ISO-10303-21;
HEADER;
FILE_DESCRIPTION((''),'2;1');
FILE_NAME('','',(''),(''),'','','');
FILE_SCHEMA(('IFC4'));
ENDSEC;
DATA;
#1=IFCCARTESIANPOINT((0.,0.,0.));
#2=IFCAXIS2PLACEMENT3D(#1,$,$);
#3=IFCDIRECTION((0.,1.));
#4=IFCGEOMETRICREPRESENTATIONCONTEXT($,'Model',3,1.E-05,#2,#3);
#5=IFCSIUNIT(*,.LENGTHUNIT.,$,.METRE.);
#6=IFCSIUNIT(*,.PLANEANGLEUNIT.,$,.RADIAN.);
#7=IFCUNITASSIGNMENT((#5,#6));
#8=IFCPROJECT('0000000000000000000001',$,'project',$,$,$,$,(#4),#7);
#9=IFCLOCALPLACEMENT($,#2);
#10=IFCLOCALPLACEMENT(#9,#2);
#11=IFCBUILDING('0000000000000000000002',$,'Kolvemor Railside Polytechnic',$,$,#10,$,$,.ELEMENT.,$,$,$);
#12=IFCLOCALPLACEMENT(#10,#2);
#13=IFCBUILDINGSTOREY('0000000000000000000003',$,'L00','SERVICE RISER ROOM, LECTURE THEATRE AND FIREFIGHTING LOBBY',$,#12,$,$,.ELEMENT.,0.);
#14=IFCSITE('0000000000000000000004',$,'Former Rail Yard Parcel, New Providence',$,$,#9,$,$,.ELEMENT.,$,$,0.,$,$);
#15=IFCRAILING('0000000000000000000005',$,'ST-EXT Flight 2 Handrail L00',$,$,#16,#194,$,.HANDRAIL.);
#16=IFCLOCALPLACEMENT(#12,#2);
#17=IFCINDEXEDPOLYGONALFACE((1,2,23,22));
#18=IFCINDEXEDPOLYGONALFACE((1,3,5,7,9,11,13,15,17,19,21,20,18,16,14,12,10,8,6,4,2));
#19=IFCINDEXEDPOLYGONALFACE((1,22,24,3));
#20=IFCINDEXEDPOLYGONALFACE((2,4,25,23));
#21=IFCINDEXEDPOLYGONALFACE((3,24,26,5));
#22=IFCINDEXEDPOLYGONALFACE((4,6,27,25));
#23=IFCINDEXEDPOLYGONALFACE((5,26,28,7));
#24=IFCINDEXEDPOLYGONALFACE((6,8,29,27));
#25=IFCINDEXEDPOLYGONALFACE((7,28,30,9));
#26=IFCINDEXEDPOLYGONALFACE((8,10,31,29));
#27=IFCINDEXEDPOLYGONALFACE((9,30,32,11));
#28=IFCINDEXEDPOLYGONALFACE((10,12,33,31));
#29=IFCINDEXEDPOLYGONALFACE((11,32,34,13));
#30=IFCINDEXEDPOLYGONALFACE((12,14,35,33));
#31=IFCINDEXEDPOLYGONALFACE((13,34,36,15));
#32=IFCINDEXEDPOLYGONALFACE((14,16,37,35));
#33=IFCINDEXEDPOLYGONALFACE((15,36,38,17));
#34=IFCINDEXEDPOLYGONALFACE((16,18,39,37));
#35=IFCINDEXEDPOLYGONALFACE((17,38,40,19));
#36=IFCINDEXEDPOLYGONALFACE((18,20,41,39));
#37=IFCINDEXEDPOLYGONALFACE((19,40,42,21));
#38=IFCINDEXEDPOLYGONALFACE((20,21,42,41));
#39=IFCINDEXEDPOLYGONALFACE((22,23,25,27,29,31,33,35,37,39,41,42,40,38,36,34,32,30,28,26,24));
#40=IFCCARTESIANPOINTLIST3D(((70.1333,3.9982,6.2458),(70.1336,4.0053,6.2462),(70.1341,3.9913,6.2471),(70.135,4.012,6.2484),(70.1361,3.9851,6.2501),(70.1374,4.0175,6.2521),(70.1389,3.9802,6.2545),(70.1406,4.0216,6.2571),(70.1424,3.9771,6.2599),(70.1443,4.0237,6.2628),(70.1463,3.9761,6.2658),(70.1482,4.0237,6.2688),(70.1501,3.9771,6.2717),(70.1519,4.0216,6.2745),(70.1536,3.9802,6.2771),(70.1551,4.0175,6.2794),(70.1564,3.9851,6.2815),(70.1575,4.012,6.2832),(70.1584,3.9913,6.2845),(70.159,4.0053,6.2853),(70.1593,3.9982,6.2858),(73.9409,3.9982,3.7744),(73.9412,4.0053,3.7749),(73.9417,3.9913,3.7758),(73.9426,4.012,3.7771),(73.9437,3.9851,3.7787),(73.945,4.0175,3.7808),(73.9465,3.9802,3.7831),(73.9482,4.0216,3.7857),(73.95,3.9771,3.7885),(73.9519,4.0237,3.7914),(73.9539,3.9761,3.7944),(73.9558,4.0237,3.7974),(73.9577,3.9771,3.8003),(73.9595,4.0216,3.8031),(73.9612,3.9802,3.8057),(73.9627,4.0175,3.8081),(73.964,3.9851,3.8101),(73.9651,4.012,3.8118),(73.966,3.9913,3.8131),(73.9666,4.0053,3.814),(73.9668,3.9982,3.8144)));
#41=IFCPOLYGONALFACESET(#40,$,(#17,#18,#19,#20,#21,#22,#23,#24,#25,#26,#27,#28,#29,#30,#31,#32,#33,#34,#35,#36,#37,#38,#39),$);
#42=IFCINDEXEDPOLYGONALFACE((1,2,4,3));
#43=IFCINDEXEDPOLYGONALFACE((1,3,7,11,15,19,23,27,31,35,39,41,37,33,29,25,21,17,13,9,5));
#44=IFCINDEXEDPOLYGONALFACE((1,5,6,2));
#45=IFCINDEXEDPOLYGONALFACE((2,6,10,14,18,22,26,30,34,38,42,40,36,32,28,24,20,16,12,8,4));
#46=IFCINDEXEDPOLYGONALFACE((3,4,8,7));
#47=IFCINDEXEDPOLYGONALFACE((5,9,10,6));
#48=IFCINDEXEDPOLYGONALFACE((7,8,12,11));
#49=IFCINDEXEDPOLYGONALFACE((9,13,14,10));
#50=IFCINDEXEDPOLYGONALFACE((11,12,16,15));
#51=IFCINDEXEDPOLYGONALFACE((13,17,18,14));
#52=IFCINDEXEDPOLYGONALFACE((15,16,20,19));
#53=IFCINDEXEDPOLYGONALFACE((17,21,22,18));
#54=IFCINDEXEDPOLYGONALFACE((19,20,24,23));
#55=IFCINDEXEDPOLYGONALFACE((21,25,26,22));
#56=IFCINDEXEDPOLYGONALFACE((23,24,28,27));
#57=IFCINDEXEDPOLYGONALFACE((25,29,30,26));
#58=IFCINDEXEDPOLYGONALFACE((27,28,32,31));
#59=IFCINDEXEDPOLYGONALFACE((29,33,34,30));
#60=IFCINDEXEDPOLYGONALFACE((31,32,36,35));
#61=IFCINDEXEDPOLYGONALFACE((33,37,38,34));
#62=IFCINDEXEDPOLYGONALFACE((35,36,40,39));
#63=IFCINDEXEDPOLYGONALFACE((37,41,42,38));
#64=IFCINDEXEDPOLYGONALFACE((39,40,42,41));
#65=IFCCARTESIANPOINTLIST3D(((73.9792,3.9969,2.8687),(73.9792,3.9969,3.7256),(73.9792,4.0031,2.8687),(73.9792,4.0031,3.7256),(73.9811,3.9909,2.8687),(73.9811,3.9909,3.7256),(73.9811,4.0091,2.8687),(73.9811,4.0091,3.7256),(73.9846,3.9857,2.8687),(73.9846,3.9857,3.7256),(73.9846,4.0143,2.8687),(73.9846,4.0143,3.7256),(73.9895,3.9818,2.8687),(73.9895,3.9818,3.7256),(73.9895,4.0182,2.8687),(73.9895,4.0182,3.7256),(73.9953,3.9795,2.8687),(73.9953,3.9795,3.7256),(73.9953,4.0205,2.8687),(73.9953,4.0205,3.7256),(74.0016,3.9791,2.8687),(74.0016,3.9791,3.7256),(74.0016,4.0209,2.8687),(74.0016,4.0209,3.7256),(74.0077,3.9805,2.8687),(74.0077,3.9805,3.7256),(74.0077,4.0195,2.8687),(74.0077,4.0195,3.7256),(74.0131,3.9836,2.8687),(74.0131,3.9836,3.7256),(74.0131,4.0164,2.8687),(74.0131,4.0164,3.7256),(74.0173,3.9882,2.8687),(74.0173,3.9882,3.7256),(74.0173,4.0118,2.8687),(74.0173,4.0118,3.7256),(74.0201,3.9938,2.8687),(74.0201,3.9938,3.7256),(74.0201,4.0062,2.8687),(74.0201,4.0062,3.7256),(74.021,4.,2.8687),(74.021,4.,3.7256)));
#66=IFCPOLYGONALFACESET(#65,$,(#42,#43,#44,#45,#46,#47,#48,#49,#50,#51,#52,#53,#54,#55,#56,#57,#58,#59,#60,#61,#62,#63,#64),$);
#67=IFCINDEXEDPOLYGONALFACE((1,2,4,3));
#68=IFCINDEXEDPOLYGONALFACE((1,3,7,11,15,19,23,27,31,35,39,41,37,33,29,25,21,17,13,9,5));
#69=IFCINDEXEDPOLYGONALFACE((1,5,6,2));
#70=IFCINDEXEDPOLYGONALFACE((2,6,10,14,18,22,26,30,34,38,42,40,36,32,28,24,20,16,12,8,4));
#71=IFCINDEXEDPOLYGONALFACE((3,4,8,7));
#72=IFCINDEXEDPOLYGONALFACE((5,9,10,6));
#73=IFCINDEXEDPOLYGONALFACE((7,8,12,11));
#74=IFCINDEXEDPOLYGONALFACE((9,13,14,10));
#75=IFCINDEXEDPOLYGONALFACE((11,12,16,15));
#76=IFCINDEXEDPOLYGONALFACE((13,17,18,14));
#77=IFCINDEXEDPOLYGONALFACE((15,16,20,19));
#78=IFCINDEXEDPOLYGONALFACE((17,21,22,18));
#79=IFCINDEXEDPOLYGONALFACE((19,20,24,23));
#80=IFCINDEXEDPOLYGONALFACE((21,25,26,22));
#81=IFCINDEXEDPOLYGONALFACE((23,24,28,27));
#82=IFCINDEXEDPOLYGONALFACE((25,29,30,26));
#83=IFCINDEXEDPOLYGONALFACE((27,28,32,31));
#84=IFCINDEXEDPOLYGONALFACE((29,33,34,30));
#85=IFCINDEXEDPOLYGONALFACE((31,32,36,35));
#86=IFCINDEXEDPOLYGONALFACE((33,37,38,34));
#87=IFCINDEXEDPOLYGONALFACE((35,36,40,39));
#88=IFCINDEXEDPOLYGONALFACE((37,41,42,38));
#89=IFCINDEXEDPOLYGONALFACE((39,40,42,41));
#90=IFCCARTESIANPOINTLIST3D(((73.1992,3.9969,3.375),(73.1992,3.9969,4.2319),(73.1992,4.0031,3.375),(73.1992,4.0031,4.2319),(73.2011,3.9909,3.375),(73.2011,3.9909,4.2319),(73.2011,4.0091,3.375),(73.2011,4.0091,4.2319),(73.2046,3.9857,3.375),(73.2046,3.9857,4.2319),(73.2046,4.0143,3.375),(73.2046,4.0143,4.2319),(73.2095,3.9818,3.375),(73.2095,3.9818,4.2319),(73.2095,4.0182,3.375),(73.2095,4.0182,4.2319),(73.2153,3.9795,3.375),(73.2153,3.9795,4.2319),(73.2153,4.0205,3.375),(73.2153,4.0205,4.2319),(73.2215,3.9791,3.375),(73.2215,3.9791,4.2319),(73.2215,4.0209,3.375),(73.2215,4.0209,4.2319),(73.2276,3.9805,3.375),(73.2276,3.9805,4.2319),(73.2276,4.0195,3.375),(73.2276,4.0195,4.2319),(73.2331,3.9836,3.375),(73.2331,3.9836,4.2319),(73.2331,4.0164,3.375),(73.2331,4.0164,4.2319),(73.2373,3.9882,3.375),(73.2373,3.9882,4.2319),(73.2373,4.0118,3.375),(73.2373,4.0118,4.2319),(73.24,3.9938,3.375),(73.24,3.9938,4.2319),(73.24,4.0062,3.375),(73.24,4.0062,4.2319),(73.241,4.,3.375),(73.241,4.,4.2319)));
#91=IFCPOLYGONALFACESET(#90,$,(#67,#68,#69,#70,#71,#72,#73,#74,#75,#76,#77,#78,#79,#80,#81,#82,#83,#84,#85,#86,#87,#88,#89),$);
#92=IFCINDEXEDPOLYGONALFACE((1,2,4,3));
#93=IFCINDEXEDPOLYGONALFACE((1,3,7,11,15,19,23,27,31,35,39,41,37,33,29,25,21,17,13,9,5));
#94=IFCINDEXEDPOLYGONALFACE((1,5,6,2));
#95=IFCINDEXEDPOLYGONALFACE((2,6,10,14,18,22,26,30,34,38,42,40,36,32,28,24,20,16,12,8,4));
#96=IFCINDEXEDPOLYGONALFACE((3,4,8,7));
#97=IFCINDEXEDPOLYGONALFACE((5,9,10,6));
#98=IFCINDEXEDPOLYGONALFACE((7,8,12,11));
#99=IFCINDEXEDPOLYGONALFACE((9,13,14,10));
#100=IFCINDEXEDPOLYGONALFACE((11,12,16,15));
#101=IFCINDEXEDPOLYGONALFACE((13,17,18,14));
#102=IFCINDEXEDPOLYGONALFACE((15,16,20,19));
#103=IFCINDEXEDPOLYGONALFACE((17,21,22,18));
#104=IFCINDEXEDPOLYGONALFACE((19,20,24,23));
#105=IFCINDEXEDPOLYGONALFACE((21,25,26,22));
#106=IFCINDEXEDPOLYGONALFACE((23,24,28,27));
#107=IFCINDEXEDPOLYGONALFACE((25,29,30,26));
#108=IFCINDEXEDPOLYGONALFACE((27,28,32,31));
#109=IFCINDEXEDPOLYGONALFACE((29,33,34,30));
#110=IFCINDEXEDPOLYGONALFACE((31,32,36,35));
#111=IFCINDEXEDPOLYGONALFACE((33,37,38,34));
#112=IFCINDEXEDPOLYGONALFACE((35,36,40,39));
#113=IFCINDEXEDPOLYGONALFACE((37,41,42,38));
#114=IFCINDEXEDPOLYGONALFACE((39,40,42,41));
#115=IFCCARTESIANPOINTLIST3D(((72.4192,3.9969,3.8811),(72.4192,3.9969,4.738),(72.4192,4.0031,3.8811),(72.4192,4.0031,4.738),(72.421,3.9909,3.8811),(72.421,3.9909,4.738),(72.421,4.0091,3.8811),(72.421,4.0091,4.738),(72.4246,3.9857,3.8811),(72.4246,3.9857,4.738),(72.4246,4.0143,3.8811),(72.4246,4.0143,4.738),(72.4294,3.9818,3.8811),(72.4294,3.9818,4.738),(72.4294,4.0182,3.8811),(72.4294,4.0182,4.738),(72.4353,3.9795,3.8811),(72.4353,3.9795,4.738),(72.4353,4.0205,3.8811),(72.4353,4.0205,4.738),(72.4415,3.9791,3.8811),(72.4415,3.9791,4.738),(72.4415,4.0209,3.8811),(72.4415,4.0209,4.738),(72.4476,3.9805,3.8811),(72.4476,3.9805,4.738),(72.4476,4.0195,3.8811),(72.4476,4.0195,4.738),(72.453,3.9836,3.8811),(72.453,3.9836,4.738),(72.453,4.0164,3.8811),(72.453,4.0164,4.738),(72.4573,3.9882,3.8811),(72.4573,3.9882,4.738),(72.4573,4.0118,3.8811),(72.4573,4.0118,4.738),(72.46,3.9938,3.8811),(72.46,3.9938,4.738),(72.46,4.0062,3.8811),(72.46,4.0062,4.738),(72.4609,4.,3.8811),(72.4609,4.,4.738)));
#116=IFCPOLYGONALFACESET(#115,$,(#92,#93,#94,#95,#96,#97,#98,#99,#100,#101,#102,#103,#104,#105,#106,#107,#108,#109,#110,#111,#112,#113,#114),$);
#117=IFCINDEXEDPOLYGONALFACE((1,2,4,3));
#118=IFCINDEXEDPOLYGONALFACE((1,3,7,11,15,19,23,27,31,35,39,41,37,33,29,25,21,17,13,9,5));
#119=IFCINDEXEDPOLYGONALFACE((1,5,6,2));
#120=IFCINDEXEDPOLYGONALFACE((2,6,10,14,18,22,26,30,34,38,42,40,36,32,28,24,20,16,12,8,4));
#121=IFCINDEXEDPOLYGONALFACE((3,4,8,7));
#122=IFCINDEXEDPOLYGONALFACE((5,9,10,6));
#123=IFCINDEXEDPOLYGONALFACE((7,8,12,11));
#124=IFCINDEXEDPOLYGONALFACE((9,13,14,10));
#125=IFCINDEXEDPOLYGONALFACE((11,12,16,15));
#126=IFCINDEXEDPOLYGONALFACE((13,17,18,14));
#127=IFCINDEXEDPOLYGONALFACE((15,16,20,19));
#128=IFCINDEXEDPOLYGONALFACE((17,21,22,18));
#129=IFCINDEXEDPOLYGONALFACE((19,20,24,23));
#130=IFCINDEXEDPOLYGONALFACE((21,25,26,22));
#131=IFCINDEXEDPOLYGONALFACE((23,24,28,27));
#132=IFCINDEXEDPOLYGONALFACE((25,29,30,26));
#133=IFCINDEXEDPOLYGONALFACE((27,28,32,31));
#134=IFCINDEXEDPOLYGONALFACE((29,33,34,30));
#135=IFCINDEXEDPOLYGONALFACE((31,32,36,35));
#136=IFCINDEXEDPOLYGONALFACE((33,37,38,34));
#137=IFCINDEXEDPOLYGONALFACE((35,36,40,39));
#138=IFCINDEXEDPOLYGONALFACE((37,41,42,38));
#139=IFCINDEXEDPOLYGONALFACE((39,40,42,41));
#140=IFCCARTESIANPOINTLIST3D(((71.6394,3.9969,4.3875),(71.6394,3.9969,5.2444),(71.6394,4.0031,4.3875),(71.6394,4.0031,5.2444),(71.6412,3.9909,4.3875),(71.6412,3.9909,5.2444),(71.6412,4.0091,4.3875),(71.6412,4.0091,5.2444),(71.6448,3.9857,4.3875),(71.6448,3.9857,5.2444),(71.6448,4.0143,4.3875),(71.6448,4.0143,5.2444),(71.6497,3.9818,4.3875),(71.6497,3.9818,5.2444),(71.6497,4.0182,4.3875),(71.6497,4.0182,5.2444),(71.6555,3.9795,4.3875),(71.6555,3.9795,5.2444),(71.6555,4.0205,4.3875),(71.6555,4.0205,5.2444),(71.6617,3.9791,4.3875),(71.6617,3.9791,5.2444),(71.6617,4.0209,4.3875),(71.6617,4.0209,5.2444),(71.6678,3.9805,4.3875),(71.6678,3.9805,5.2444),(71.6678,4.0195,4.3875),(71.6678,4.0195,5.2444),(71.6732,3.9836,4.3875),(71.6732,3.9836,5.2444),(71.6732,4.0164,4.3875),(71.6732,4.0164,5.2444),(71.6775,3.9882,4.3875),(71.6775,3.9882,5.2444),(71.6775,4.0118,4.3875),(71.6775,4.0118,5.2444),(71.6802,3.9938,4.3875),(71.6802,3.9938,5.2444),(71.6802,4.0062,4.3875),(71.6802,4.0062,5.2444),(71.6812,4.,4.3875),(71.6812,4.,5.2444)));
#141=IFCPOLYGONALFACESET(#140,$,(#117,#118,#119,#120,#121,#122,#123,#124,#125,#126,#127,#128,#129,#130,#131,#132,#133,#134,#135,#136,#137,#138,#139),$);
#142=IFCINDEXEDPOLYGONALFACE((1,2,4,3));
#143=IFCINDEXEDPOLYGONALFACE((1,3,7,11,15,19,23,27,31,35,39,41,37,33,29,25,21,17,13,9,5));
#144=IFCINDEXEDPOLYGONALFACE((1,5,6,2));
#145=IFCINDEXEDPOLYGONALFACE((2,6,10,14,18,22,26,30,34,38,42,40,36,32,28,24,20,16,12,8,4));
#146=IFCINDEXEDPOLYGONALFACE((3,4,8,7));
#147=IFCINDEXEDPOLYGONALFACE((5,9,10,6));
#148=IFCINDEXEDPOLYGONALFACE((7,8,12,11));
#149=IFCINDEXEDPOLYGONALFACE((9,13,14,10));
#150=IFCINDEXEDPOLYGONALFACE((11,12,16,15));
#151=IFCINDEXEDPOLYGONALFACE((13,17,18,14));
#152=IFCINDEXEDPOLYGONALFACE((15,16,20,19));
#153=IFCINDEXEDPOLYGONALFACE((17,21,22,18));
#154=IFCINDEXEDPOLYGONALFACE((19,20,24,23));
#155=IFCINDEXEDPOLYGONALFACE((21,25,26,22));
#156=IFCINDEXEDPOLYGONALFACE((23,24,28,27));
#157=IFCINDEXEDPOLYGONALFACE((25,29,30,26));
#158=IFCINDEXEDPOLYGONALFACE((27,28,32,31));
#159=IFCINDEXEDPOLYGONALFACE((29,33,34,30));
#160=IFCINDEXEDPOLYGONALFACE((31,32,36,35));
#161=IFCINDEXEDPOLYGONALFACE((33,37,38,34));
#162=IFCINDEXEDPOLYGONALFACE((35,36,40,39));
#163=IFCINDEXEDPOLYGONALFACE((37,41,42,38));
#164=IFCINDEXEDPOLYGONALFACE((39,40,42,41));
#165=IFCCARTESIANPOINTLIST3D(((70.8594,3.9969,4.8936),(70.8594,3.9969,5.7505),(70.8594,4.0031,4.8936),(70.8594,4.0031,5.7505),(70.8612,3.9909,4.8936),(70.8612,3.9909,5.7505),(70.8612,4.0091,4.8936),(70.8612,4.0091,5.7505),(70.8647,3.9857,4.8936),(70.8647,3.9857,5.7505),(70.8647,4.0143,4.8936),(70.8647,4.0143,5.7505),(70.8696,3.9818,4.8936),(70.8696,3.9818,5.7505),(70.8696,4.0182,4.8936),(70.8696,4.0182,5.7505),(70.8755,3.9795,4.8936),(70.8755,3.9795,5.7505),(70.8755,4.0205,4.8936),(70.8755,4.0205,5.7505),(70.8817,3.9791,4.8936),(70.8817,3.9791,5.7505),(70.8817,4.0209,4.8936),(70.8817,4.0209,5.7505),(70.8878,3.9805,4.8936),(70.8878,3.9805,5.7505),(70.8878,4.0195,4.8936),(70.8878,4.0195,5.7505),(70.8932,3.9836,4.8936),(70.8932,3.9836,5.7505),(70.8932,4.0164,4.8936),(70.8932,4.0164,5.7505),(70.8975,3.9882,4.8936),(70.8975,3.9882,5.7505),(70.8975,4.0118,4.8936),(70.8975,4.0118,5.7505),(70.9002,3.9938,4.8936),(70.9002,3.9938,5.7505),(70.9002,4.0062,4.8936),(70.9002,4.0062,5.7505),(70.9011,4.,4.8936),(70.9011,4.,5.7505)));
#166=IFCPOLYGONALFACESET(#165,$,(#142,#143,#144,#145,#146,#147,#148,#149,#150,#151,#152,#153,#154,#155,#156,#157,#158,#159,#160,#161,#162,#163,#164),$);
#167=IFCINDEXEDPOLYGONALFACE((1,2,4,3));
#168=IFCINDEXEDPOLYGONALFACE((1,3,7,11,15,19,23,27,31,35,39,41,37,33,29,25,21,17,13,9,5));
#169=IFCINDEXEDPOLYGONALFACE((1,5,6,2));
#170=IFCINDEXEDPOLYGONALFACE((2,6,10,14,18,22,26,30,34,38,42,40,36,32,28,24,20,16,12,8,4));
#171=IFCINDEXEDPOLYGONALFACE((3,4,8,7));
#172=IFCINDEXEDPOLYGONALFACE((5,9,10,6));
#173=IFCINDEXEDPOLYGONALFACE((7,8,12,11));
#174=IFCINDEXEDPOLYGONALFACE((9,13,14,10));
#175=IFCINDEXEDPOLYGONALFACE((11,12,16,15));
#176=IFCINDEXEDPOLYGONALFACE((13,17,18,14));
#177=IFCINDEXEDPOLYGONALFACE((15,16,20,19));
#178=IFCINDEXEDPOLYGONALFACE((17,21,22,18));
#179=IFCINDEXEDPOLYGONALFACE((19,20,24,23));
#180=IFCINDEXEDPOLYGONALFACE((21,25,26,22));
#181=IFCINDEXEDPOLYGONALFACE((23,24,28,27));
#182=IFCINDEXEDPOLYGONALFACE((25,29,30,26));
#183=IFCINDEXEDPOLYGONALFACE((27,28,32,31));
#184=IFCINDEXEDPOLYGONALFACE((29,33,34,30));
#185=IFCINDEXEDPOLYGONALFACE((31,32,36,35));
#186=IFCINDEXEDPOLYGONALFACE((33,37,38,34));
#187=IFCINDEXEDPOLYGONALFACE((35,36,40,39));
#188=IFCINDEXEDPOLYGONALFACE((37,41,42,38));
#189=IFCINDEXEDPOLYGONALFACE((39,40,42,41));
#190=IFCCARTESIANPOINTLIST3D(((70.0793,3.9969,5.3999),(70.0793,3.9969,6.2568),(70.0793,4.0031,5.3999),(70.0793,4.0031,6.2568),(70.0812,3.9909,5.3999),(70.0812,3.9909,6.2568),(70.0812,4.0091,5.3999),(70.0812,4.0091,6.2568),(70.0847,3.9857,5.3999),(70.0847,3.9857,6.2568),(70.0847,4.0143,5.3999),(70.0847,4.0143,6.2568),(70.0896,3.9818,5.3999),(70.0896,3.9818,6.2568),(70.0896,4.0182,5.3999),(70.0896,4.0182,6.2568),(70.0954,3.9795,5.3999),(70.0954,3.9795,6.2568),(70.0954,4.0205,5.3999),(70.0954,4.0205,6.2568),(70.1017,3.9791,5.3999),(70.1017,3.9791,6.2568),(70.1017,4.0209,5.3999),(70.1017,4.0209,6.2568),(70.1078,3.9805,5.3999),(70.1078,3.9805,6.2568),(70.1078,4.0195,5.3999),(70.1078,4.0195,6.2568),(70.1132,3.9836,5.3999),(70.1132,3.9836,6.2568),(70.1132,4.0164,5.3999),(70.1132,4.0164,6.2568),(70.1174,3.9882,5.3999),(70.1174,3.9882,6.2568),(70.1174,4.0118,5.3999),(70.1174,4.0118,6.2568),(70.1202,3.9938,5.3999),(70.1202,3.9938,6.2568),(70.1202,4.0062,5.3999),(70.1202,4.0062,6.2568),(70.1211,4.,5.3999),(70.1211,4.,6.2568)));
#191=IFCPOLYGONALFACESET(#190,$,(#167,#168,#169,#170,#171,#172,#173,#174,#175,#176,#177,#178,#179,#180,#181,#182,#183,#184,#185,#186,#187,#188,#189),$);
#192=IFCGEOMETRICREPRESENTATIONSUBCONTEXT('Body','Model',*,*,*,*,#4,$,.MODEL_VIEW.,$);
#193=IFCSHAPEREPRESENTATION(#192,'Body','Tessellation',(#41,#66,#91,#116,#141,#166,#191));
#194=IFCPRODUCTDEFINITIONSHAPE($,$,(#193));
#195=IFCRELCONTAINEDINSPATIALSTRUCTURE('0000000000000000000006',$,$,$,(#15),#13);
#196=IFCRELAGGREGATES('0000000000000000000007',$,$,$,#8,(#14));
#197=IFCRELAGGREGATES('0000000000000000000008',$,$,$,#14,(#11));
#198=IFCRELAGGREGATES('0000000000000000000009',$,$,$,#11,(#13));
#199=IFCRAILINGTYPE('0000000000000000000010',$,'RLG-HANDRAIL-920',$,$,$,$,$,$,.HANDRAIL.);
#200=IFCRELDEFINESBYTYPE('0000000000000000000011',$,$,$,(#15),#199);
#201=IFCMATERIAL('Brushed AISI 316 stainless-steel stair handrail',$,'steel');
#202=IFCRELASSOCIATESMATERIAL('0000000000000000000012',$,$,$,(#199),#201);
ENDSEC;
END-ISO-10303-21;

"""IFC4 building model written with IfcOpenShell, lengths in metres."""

from ifc_helpers import new_model, si_unit, direction, frame, origin, origin_2d, place, context, subcontext, project, spatial, circle, extrude, material, type_object, element, save


model = new_model("IFC4")

# Units and contexts
model_context = context("Model", 3, precision=1e-05, world=origin(), true_north=direction((0.0, 1.0)))
body_context = subcontext(model_context, "Body", "Model", "MODEL_VIEW")
ifc_project = project(units=[si_unit("LENGTHUNIT", "METRE"), si_unit("PLANEANGLEUNIT", "RADIAN")], contexts=[model_context])

# Site, building, storey
site_placement = place(None, origin())
site = spatial("IfcSite", under=ifc_project, at=site_placement, Name="Former Rail Yard Parcel, New Providence", CompositionType="ELEMENT", RefElevation=0.0)
building_placement = place(site_placement, origin())
building = spatial("IfcBuilding", under=site, at=building_placement, Name="Kolvemor Railside Polytechnic", CompositionType="ELEMENT")
storey_placement = place(building_placement, origin())
storey = spatial("IfcBuildingStorey", under=building, at=storey_placement, Name="L00", Description="SERVICE RISER ROOM, LECTURE THEATRE AND FIREFIGHTING LOBBY", CompositionType="ELEMENT", Elevation=0.0)

# Railing
ifc_material_1 = material(Name="Brushed AISI 316 stainless-steel stair handrail", Category="steel")
railing_type_1 = type_object("IfcRailingType", Name="RLG-HANDRAIL-920", PredefinedType="HANDRAIL", material=ifc_material_1)
railing_1_placement = place(storey_placement, frame((74.0, 4.0, 2.8687)))
element("IfcRailing", 1, at=railing_1_placement, inside=storey, type_object=railing_type_1, Name="ST-EXT Flight 2 Handrail L00", PredefinedType="HANDRAIL", context=body_context, shape_type="SweptSolid", body=[
    extrude(circle(Radius=0.0239, at=origin_2d()), frame((-0.0461, 0.0, 0.9258), z_axis=(-0.838806, 0.0, 0.544431), x_axis=(0.0, -1.0, 0.0)), (0.0, 0.0, 1.0), 4.5393),
    extrude(circle(Radius=0.021, at=origin_2d()), origin(), (0.0, 0.0, 1.0), 0.8569),
    extrude(circle(Radius=0.021, at=origin_2d()), frame((-0.78, 0.0, 0.5063)), (0.0, 0.0, 1.0), 0.8569),
    extrude(circle(Radius=0.021, at=origin_2d()), frame((-1.5601, 0.0, 1.0125)), (0.0, 0.0, 1.0), 0.8569),
    extrude(circle(Radius=0.021, at=origin_2d()), frame((-2.3398, 0.0, 1.5188)), (0.0, 0.0, 1.0), 0.8569),
    extrude(circle(Radius=0.021, at=origin_2d()), frame((-3.1199, 0.0, 2.0249)), (0.0, 0.0, 1.0), 0.8569),
    extrude(circle(Radius=0.021, at=origin_2d()), frame((-3.8999, 0.0, 2.5312)), (0.0, 0.0, 1.0), 0.8569),
])

save(model, "model.ifc")
